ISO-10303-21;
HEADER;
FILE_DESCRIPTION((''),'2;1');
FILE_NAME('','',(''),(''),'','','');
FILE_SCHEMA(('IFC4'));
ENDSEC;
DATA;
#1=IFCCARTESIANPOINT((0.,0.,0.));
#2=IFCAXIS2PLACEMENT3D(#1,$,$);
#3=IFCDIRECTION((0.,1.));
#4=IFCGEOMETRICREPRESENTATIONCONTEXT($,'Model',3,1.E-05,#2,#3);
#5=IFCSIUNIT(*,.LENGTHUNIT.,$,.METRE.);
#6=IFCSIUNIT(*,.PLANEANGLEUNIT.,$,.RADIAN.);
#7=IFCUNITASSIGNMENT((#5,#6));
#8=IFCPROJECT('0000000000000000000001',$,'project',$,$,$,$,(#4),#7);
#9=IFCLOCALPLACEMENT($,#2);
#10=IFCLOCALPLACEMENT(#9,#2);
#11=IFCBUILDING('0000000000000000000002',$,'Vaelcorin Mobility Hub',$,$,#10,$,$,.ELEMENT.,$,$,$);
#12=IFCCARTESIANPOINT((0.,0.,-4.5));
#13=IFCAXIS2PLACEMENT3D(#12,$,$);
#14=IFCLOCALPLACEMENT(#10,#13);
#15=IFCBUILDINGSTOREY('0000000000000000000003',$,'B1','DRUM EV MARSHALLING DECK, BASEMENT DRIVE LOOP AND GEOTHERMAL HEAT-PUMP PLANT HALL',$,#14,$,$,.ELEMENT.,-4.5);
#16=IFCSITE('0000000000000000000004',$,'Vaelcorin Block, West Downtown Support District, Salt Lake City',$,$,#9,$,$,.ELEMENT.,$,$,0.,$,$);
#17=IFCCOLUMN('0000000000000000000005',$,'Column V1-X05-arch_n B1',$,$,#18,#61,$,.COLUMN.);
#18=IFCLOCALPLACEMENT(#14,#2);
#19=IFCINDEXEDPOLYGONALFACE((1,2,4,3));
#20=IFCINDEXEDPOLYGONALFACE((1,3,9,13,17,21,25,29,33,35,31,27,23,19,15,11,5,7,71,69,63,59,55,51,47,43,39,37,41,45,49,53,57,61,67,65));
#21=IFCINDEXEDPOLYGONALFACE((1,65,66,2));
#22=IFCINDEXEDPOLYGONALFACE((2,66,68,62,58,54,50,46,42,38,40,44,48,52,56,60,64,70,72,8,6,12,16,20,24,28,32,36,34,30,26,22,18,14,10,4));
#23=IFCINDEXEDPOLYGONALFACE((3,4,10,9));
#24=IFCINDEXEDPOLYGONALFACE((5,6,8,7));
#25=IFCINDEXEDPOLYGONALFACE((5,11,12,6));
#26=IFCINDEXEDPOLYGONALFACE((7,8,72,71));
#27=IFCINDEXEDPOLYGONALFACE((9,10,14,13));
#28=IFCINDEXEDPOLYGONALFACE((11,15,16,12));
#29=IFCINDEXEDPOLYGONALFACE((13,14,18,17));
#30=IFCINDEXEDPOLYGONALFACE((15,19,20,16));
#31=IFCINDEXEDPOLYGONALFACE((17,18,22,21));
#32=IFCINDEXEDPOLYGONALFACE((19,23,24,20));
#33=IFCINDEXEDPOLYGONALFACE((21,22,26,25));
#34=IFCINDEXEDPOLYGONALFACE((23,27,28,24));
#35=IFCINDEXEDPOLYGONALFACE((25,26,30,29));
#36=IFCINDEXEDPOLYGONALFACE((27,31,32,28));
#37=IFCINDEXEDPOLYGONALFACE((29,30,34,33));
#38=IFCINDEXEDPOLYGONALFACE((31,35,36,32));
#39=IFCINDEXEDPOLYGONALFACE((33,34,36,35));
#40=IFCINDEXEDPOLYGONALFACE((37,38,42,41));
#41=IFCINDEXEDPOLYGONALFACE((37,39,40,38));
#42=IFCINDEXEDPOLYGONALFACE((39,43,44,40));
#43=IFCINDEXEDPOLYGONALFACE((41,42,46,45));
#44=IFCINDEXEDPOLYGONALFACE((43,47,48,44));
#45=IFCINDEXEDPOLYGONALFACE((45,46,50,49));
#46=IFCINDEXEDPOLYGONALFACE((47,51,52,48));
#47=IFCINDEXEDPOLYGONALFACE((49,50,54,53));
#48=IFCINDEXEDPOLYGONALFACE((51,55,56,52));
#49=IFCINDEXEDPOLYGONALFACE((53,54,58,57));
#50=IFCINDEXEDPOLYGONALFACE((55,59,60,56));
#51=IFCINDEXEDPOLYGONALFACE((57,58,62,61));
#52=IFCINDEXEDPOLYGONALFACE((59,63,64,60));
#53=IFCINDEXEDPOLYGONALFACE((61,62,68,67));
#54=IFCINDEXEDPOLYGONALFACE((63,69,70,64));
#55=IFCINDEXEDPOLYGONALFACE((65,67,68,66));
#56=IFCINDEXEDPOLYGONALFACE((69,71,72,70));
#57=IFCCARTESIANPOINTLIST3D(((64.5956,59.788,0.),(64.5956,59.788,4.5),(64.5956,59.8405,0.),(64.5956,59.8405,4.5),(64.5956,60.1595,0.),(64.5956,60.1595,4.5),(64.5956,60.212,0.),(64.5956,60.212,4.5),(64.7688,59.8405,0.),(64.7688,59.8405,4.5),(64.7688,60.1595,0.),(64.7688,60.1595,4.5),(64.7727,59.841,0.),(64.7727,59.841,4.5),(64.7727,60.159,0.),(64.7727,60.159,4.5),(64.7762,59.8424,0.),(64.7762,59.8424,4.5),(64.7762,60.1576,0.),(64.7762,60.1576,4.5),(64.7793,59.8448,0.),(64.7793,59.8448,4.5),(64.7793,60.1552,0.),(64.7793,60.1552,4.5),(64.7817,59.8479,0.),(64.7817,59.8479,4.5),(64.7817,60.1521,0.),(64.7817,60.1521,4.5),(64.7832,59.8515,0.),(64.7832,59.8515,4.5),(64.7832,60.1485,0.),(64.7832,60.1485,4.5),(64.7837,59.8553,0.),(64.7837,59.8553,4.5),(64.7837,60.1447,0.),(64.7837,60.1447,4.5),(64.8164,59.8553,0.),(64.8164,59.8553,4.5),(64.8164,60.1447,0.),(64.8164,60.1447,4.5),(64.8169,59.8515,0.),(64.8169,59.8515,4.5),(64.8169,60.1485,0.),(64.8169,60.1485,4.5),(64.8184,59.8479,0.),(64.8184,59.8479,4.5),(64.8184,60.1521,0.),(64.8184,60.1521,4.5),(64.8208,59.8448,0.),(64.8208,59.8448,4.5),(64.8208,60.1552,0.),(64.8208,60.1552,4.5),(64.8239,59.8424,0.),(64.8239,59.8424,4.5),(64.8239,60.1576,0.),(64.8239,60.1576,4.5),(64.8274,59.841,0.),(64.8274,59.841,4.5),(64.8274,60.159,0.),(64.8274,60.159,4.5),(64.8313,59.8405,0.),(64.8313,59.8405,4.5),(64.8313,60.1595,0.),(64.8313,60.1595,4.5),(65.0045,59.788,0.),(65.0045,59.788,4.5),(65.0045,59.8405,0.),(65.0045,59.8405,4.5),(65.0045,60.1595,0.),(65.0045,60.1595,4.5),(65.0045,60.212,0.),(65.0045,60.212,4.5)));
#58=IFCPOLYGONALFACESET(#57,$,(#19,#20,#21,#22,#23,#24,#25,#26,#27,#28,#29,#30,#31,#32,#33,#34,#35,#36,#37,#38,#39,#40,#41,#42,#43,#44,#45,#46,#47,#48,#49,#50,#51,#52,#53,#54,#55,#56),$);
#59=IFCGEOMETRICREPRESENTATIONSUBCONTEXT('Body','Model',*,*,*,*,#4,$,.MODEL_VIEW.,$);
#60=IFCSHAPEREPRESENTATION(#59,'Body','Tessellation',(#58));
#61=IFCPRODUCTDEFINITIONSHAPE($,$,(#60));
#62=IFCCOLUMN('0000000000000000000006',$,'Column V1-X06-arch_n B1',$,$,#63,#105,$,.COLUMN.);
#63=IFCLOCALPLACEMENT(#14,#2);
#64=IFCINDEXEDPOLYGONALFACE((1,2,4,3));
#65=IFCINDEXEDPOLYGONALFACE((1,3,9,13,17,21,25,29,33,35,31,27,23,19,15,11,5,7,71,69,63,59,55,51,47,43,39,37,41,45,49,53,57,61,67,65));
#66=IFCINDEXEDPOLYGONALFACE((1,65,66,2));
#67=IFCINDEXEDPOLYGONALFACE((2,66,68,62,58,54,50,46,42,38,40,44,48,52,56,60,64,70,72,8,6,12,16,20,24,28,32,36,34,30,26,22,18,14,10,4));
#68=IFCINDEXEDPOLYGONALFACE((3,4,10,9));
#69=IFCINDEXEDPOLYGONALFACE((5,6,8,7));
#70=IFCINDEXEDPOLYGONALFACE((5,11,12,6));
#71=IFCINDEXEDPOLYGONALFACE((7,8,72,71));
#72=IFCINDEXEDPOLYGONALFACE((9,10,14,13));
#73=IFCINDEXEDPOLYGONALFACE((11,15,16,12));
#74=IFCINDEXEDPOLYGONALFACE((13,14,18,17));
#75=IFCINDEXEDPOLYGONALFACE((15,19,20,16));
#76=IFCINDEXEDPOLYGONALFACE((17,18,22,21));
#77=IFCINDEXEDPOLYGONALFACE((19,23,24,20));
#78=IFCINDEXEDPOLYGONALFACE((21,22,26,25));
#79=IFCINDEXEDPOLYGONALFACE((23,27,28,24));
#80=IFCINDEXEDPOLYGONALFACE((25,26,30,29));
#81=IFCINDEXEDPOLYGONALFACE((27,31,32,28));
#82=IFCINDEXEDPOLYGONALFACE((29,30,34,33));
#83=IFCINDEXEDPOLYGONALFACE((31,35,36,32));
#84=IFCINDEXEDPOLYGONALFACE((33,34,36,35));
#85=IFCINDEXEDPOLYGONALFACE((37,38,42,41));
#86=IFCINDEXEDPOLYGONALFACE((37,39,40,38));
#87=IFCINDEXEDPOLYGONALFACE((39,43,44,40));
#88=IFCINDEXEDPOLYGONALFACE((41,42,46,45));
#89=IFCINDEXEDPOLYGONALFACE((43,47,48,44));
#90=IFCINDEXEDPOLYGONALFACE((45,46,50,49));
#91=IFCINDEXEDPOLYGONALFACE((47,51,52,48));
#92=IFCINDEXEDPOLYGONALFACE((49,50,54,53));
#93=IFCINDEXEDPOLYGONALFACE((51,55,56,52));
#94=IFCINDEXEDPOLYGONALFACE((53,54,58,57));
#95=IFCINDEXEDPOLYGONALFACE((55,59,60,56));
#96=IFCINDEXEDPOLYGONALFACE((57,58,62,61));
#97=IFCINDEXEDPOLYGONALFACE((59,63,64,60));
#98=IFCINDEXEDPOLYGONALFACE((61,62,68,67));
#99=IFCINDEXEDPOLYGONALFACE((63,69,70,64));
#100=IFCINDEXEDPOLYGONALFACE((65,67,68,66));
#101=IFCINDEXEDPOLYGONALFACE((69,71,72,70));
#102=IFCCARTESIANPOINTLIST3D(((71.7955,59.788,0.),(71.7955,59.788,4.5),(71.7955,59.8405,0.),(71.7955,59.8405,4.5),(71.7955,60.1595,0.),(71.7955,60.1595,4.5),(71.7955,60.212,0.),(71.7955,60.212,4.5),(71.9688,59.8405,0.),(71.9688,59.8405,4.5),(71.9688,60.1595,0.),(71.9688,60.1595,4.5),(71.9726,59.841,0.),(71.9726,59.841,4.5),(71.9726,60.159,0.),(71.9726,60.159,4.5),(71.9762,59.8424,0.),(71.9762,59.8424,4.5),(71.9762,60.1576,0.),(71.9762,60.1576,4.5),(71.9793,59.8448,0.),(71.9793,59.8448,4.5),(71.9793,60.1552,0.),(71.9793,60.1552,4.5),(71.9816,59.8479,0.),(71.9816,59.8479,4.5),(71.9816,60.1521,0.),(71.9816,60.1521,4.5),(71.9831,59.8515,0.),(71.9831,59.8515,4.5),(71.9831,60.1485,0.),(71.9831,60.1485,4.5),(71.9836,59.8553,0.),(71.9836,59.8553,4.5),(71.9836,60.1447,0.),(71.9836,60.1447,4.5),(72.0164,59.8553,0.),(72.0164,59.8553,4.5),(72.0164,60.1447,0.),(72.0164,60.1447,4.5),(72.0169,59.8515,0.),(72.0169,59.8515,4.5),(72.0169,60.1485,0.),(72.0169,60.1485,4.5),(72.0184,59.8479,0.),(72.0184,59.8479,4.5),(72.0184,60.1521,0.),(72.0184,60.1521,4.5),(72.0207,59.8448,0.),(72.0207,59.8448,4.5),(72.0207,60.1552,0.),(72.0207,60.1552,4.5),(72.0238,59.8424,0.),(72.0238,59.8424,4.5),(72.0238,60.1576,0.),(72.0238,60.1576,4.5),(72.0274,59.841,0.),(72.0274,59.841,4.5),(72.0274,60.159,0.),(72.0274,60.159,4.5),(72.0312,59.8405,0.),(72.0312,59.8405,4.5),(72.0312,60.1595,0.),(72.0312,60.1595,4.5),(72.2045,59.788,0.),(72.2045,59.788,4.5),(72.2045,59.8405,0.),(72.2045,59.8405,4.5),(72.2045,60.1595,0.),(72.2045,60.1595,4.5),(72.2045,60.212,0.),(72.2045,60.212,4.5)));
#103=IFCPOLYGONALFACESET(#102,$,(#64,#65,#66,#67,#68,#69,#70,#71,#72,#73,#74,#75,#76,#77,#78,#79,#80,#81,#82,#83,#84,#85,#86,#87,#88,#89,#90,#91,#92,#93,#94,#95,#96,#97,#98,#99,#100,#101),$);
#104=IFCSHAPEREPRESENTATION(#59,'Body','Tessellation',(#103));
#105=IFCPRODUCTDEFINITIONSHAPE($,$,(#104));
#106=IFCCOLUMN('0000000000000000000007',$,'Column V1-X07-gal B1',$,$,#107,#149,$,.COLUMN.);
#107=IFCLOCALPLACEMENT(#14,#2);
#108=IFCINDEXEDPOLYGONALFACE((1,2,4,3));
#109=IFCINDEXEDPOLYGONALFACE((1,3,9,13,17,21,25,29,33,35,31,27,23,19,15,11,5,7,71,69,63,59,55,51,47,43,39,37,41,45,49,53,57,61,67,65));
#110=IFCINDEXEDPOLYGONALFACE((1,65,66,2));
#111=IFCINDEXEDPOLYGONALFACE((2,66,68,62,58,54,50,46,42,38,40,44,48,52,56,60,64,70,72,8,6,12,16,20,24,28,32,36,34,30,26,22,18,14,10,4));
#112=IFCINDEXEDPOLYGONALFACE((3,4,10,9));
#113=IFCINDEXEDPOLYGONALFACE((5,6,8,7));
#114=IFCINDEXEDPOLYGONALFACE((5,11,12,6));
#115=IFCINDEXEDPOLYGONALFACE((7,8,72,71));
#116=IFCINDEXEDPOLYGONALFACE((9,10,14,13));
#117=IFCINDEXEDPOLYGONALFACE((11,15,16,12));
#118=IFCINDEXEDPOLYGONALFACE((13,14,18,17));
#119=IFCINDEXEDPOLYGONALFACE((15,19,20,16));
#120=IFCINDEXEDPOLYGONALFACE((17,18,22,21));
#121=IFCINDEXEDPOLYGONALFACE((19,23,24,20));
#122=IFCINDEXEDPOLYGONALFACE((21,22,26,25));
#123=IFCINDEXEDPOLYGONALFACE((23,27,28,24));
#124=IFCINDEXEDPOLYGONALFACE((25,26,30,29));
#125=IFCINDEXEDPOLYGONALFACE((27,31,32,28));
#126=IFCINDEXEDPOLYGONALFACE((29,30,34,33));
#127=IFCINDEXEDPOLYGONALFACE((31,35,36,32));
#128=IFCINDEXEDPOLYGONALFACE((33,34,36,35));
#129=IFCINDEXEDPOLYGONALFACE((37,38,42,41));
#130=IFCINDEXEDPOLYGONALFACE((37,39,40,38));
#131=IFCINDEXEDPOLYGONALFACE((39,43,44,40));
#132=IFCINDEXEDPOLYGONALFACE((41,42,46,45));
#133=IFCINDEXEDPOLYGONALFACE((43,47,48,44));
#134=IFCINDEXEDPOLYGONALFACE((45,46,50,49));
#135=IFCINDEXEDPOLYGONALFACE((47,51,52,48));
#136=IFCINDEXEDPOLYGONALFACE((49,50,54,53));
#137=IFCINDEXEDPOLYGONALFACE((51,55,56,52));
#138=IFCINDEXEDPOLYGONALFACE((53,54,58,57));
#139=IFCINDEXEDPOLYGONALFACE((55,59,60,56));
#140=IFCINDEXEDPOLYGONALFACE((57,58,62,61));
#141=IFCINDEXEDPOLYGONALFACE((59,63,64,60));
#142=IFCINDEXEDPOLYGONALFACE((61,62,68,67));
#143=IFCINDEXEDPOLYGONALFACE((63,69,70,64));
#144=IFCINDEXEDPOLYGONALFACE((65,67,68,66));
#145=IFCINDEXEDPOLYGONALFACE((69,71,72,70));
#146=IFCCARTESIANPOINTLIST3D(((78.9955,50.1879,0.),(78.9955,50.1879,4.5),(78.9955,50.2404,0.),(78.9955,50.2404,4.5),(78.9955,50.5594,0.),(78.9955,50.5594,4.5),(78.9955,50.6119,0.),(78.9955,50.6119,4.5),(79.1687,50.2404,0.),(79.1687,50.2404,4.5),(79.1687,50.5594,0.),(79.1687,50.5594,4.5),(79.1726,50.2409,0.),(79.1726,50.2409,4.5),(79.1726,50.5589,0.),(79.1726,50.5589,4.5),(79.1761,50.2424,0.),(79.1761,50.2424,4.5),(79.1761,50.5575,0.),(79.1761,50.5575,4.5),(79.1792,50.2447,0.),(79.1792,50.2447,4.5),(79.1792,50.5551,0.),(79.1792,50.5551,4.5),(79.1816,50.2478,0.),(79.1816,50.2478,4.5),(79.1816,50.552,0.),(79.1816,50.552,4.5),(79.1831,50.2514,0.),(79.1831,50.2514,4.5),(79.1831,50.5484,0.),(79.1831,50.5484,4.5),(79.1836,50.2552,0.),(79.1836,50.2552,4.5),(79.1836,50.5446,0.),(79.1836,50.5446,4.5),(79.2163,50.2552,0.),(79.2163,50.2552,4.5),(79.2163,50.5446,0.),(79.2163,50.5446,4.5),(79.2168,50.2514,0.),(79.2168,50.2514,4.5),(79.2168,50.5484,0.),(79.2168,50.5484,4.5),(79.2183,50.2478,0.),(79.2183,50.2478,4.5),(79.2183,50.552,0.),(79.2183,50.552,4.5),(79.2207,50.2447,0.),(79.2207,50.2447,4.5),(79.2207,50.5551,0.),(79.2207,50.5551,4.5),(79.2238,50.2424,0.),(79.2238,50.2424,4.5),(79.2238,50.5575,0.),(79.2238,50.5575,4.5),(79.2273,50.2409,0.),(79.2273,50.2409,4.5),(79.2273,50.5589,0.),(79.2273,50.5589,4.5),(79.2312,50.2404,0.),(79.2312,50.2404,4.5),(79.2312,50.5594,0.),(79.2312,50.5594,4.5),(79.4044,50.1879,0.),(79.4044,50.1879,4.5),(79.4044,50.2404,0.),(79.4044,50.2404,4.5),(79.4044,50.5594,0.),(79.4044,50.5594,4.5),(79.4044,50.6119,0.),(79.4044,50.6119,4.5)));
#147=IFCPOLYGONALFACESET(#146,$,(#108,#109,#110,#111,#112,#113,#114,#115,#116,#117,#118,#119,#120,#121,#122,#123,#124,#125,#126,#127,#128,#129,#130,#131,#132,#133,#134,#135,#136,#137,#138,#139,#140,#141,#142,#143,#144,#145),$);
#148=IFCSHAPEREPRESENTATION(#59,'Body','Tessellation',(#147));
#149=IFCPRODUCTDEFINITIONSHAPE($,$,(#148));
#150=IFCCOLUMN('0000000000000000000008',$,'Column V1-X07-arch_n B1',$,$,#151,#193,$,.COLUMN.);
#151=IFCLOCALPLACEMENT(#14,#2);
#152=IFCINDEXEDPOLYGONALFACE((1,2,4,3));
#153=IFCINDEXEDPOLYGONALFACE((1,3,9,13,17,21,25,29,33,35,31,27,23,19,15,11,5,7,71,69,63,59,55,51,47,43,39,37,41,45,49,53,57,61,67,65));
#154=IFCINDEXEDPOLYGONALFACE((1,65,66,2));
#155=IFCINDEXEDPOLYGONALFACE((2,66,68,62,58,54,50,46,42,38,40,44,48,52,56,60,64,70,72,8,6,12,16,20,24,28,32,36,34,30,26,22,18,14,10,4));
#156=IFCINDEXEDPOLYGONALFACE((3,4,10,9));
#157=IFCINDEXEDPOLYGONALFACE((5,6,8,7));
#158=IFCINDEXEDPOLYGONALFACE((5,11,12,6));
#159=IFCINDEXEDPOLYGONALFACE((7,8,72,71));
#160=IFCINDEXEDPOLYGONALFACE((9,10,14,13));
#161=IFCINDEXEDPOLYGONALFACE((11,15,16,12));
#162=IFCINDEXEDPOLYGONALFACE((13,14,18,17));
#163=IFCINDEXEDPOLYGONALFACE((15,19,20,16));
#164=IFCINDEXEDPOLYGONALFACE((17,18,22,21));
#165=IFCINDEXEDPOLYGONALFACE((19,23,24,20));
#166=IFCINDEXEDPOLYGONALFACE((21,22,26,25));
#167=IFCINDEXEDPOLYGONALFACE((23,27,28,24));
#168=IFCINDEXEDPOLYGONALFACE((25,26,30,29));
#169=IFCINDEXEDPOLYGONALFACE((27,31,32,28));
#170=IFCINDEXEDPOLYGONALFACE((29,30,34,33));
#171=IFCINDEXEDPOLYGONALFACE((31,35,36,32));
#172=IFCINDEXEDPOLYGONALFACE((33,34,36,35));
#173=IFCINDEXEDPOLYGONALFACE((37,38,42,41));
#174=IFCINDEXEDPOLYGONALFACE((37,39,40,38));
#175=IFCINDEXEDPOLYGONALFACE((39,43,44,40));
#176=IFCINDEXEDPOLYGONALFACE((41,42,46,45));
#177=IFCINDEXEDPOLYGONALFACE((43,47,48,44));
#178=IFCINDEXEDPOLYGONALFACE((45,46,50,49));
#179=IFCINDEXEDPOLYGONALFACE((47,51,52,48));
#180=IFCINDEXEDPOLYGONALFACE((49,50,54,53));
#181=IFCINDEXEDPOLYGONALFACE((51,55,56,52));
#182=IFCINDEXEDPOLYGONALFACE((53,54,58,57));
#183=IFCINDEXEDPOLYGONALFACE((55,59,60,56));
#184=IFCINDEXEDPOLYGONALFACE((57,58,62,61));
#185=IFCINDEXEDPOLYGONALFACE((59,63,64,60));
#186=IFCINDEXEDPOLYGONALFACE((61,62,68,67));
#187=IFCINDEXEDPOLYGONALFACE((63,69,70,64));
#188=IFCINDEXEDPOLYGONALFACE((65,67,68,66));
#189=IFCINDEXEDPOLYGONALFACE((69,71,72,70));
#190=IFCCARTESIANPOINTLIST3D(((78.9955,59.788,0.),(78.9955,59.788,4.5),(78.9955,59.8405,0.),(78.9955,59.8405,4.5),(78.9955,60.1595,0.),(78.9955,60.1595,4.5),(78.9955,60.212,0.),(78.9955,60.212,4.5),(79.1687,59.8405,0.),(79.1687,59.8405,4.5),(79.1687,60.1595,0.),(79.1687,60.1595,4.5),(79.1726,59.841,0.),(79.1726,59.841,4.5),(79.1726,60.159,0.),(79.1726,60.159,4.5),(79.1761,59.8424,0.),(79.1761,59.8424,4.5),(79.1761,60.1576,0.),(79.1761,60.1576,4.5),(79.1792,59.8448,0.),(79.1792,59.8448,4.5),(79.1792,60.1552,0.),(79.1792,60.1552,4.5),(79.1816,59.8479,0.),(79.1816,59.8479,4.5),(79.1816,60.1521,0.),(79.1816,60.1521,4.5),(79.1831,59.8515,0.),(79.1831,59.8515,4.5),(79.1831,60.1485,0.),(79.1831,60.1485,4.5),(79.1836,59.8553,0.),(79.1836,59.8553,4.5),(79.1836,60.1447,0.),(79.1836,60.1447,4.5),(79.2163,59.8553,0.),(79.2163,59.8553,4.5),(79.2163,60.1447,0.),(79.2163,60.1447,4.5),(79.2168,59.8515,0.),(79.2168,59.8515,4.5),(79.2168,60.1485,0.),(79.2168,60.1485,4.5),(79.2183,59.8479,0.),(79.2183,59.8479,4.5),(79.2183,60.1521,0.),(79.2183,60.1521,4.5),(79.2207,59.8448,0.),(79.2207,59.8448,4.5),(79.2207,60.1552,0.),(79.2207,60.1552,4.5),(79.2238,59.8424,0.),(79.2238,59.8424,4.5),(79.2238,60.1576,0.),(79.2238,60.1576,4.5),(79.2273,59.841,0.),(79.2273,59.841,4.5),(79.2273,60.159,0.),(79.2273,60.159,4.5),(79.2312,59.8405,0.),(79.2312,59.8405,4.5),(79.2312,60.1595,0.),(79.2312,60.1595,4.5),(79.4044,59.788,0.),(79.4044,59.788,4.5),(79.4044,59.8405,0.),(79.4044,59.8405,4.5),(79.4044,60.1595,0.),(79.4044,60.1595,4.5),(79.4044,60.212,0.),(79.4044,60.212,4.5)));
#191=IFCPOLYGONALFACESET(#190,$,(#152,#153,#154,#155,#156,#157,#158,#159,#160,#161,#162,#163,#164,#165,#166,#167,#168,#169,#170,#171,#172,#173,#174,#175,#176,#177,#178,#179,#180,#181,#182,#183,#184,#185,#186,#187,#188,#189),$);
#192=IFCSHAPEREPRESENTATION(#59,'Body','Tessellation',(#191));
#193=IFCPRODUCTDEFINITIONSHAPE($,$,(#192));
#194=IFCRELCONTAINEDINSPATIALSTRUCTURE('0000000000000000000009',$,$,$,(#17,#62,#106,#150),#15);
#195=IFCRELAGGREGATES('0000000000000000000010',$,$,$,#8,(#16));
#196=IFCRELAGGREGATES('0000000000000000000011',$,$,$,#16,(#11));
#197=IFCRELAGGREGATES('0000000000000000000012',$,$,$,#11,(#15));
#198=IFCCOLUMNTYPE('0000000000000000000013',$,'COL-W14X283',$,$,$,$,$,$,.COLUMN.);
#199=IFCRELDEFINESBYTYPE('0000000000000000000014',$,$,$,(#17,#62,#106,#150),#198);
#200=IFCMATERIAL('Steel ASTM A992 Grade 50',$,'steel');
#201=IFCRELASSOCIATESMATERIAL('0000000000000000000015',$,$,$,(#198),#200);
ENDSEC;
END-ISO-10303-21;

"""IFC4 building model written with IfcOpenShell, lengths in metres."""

from ifc_helpers import new_model, si_unit, direction, frame, origin, origin_2d, place, context, subcontext, project, spatial, i_section, extrude, material, material_profile, profile_set, type_object, element, save


model = new_model("IFC4")

# Units and contexts
model_context = context("Model", 3, precision=1e-05, world=origin(), true_north=direction((0.0, 1.0)))
body_context = subcontext(model_context, "Body", "Model", "MODEL_VIEW")
ifc_project = project(units=[si_unit("LENGTHUNIT", "METRE"), si_unit("PLANEANGLEUNIT", "RADIAN")], contexts=[model_context])

# Site, building, storey
site_placement = place(None, origin())
site = spatial("IfcSite", under=ifc_project, at=site_placement, Name="Vaelcorin Block, West Downtown Support District, Salt Lake City", CompositionType="ELEMENT", RefElevation=0.0)
building_placement = place(site_placement, origin())
building = spatial("IfcBuilding", under=site, at=building_placement, Name="Vaelcorin Mobility Hub", CompositionType="ELEMENT")
storey_placement = place(building_placement, frame((0.0, 0.0, -4.5)))
storey = spatial("IfcBuildingStorey", under=building, at=storey_placement, Name="B1", Description="DRUM EV MARSHALLING DECK, BASEMENT DRIVE LOOP AND GEOTHERMAL HEAT-PUMP PLANT HALL", CompositionType="ELEMENT", Elevation=-4.5)

# Columns
ifc_material_1 = material(Name="Steel ASTM A992 Grade 50", Category="steel")
ifc_material_profile_1 = material_profile(ifc_material_1, i_section(OverallWidth=0.4089, OverallDepth=0.4241, WebThickness=0.0327, FlangeThickness=0.0525, FilletRadius=0.0149, at=origin_2d()), Name="W14X283")
ifc_profile_set_1 = profile_set([ifc_material_profile_1], Name="Steel ASTM A992 Grade 50")
column_type = type_object("IfcColumnType", Name="COL-W14X283", PredefinedType="COLUMN", material=ifc_profile_set_1)
for number, where, z_axis, x_axis, name in (
    (1, (64.8, 60.0, 0.0), (0.0, 0.0, 1.0), (1.0, 0.0, 0.0), "Column V1-X05-arch_n B1"),
    (2, (72.0, 60.0, 0.0), (0.0, 0.0, 1.0), (1.0, 0.0, 0.0), "Column V1-X06-arch_n B1"),
    (3, (79.2, 50.3999, 0.0), (0.0, 0.0, 1.0), (1.0, 0.0, 0.0), "Column V1-X07-gal B1"),
    (4, (79.2, 60.0, 0.0), (0.0, 0.0, 1.0), (1.0, 0.0, 0.0), "Column V1-X07-arch_n B1"),
):
    element("IfcColumn", number, at=place(storey_placement, frame(where, z_axis=z_axis, x_axis=x_axis)), inside=storey, type_object=column_type, Name=name, PredefinedType="COLUMN", context=body_context, shape_type="SweptSolid", body=[
        extrude(i_section(OverallWidth=0.4089, OverallDepth=0.4241, WebThickness=0.0327, FlangeThickness=0.0525, FilletRadius=0.0149, at=origin_2d()), origin(), (0.0, 0.0, 1.0), 4.5),
    ])

save(model, "model.ifc")
